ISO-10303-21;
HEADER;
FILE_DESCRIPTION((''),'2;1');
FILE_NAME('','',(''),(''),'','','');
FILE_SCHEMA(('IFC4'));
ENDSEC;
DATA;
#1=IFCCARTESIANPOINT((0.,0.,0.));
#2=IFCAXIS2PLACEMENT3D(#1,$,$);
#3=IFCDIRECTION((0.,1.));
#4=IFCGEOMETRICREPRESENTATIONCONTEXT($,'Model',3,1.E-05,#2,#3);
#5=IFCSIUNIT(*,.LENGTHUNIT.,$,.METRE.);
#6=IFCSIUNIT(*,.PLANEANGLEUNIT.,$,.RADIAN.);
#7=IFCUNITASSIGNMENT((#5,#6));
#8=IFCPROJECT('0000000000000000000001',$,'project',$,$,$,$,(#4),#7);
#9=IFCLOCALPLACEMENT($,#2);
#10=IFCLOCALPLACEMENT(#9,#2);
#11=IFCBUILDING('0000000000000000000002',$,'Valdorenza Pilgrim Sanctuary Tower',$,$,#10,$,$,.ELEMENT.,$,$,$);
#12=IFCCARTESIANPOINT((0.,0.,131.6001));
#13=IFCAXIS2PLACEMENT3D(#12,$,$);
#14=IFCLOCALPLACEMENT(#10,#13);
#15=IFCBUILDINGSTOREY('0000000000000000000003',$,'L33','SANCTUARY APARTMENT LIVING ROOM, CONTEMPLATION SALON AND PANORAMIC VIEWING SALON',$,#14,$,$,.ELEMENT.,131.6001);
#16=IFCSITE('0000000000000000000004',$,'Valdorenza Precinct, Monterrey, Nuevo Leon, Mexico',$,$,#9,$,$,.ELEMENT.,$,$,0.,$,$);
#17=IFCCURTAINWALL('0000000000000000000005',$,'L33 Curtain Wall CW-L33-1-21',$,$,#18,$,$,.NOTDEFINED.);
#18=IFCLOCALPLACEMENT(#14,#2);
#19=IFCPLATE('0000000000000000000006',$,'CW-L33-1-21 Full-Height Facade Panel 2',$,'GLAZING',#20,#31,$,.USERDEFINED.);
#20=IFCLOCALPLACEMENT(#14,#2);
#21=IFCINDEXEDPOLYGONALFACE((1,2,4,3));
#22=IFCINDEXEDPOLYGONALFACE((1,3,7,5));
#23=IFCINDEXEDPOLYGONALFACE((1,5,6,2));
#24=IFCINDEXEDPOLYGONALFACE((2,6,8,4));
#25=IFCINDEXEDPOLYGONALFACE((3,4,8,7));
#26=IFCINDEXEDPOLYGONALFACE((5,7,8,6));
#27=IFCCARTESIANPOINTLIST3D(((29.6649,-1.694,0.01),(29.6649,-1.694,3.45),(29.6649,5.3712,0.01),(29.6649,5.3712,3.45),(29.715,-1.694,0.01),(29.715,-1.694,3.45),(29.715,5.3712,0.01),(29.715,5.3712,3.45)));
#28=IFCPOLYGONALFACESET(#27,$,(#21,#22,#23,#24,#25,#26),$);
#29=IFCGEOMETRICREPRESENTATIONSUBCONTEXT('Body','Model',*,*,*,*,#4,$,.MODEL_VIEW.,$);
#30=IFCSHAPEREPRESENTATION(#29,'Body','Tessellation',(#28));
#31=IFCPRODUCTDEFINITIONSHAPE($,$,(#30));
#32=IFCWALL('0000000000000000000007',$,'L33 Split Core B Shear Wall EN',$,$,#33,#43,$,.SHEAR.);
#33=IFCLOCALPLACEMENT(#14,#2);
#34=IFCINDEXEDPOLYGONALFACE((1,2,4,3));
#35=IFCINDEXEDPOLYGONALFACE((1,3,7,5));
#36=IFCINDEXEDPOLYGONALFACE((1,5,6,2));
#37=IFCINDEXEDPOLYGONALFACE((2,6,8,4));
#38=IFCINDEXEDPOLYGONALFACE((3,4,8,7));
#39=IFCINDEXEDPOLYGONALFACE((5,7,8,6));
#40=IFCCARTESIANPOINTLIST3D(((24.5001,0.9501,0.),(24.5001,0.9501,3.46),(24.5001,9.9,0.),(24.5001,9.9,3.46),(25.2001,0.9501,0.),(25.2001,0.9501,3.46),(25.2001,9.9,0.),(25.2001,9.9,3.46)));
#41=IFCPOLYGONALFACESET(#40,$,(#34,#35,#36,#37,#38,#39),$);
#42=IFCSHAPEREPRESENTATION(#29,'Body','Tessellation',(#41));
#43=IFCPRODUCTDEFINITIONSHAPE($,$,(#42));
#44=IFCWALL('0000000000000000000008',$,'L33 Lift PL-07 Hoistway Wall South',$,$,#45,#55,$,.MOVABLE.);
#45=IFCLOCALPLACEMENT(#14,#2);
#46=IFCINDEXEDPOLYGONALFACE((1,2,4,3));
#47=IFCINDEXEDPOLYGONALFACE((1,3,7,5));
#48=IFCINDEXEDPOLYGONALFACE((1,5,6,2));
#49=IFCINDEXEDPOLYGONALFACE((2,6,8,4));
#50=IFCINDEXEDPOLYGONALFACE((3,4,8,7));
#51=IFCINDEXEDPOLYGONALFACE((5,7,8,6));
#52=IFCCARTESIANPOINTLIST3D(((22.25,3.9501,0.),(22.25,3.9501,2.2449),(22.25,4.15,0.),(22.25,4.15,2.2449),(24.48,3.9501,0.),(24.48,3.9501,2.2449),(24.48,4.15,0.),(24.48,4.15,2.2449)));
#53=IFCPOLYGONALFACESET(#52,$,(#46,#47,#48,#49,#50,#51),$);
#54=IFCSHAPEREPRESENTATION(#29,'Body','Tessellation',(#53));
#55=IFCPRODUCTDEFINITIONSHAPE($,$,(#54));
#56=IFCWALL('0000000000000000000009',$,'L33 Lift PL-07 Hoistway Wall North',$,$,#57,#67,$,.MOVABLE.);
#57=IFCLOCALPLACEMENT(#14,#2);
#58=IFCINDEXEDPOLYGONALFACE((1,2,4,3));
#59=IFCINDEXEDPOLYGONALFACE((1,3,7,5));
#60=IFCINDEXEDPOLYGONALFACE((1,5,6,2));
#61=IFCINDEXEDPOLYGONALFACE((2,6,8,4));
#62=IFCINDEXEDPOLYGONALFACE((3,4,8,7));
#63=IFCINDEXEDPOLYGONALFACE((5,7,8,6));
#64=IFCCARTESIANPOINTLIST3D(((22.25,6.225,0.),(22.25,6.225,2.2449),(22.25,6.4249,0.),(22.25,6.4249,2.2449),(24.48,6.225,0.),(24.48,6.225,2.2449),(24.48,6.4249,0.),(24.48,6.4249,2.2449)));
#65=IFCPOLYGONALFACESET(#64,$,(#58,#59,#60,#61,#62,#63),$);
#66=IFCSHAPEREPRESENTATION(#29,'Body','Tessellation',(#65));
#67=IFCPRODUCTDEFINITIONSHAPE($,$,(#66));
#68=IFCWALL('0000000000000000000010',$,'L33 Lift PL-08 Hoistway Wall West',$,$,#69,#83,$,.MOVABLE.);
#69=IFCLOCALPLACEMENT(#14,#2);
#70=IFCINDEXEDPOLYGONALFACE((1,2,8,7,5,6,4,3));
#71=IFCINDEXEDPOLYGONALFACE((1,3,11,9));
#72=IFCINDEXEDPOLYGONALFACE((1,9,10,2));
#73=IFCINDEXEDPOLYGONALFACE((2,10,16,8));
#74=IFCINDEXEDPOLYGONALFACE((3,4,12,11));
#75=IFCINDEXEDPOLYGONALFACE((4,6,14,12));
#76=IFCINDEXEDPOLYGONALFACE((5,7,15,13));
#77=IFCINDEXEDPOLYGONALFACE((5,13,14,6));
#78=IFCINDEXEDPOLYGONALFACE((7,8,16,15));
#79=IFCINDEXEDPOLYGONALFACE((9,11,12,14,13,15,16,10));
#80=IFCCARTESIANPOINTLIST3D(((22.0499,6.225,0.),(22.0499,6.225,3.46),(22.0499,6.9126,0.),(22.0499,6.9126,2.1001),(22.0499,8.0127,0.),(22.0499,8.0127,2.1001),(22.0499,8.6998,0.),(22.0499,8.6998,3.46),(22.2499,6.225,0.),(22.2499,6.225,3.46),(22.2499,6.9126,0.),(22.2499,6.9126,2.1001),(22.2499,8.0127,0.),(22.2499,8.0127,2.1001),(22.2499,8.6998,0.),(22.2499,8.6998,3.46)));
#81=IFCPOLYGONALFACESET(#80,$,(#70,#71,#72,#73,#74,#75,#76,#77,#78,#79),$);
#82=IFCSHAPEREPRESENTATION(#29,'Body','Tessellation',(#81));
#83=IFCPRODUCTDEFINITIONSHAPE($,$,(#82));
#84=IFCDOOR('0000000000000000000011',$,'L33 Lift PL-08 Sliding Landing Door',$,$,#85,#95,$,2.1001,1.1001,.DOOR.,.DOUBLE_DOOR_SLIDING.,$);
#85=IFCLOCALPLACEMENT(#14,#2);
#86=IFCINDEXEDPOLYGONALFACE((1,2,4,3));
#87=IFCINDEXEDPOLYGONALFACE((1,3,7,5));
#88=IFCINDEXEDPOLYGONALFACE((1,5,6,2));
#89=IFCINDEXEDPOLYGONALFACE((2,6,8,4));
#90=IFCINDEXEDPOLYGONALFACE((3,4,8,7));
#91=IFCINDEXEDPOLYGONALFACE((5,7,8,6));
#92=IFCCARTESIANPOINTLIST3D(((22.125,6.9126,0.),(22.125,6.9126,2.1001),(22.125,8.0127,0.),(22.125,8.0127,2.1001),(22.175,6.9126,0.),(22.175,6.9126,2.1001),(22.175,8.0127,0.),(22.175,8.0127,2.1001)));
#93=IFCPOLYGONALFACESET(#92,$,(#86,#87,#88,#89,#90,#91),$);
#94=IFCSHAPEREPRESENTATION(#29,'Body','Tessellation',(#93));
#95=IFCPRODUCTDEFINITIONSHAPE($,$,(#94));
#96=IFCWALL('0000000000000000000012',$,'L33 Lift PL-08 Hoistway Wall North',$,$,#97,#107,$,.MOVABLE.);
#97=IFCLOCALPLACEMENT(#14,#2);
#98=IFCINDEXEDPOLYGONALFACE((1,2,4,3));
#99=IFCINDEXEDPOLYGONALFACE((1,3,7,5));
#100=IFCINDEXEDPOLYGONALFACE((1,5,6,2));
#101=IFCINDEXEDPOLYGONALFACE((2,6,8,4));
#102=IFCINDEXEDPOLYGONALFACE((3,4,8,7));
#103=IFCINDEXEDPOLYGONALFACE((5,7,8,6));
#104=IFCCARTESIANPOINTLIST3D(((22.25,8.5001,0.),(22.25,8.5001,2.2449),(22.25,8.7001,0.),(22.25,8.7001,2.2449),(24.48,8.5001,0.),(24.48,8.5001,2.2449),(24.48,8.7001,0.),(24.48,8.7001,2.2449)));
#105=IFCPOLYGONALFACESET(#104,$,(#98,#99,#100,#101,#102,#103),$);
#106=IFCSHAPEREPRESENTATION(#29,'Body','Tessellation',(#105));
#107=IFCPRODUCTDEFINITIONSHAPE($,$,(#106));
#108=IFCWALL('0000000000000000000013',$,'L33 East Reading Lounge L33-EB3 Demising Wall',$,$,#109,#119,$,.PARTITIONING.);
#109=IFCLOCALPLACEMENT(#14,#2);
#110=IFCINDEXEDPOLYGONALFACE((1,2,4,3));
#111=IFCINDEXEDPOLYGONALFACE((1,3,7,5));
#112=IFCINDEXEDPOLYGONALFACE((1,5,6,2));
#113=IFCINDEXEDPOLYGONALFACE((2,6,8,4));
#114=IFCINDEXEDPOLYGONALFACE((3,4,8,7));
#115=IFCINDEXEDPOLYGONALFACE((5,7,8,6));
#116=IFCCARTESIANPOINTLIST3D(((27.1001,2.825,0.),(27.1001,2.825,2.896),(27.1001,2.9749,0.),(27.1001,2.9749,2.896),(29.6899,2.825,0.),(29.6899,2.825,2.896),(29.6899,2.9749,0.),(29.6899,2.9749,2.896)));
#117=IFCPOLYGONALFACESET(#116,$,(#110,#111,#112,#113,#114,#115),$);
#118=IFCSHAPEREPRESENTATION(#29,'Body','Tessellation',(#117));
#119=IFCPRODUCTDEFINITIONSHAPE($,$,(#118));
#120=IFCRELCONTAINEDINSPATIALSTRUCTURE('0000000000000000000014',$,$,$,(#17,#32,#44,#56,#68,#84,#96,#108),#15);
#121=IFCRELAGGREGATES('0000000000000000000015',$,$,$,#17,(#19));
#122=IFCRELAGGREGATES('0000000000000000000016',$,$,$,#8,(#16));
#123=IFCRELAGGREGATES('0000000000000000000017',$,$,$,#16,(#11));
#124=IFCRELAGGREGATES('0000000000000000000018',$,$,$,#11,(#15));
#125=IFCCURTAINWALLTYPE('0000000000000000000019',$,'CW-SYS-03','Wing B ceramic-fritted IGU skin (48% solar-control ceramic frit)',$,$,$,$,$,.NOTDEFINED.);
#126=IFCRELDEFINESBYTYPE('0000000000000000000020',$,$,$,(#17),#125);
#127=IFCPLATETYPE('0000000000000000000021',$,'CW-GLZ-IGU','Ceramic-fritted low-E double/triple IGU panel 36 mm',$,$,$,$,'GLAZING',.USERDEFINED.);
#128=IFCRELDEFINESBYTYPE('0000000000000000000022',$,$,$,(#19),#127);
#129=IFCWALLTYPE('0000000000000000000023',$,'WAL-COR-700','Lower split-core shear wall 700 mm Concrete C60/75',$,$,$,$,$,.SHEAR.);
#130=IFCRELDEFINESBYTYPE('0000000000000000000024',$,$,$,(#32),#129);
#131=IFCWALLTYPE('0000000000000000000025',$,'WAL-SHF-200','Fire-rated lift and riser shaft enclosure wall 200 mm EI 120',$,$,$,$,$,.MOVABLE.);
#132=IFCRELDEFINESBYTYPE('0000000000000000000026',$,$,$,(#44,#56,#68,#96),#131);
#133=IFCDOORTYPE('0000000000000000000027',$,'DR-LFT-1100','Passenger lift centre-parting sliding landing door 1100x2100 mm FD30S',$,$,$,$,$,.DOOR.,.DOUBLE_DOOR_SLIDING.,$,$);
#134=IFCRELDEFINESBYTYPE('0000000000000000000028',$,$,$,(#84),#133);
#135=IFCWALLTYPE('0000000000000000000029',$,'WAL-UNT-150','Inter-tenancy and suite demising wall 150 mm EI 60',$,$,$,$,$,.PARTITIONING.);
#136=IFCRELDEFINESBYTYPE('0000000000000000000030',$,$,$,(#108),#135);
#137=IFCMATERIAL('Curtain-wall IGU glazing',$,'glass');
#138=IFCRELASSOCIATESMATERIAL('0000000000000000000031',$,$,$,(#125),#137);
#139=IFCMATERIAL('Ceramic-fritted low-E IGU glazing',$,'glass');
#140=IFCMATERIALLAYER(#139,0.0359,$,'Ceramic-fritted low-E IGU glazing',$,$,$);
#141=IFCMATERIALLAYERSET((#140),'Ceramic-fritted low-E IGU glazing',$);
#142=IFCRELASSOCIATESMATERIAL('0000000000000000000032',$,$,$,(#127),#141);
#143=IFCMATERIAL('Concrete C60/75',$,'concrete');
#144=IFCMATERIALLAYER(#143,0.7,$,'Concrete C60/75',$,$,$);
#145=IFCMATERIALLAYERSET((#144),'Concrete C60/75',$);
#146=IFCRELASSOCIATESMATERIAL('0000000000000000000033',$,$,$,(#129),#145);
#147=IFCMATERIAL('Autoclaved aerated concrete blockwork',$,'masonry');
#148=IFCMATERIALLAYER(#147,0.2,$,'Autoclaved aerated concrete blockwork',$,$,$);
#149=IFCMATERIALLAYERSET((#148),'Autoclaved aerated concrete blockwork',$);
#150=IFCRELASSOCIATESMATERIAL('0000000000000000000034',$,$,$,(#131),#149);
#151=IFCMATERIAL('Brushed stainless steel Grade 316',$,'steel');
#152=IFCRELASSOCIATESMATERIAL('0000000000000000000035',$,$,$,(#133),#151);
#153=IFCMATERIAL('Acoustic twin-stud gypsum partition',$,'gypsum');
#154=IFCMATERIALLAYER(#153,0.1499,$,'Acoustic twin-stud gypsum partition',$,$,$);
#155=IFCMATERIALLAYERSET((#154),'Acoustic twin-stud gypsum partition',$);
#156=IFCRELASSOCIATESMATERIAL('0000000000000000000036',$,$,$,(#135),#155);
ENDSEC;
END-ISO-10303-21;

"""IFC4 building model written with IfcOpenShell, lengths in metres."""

from ifc_helpers import new_model, si_unit, direction, frame, frame_2d, origin, origin_2d, place, context, subcontext, project, spatial, rectangle, extrude, source, transform, mapped, material, layer, layer_set, type_object, element, fill, aggregate, save


model = new_model("IFC4")

# Units and contexts
model_context = context("Model", 3, precision=1e-05, world=origin(), true_north=direction((0.0, 1.0)))
body_context = subcontext(model_context, "Body", "Model", "MODEL_VIEW")
ifc_project = project(units=[si_unit("LENGTHUNIT", "METRE"), si_unit("PLANEANGLEUNIT", "RADIAN")], contexts=[model_context])

# Site, building, storey
site_placement = place(None, origin())
site = spatial("IfcSite", under=ifc_project, at=site_placement, Name="Valdorenza Precinct, Monterrey, Nuevo Leon, Mexico", CompositionType="ELEMENT", RefElevation=0.0)
building_placement = place(site_placement, origin())
building = spatial("IfcBuilding", under=site, at=building_placement, Name="Valdorenza Pilgrim Sanctuary Tower", CompositionType="ELEMENT")
storey_placement = place(building_placement, frame((0.0, 0.0, 131.6001)))
storey = spatial("IfcBuildingStorey", under=building, at=storey_placement, Name="L33", Description="SANCTUARY APARTMENT LIVING ROOM, CONTEMPLATION SALON AND PANORAMIC VIEWING SALON", CompositionType="ELEMENT", Elevation=131.6001)

# Curtain wall, plate
ifc_material_1 = material(Name="Curtain-wall IGU glazing", Category="glass")
curtain_wall_type = type_object("IfcCurtainWallType", Name="CW-SYS-03", Description="Wing B ceramic-fritted IGU skin (48% solar-control ceramic frit)", PredefinedType="NOTDEFINED", material=ifc_material_1)
curtain_wall_placement = place(storey_placement, origin())
curtain_wall = element("IfcCurtainWall", 1, at=curtain_wall_placement, inside=storey, type_object=curtain_wall_type, Name="L33 Curtain Wall CW-L33-1-21", PredefinedType="NOTDEFINED")
ifc_material_2 = material(Name="Ceramic-fritted low-E IGU glazing", Category="glass")
ifc_layer_1 = layer(ifc_material_2, 0.0359, Name="Ceramic-fritted low-E IGU glazing")
ifc_layer_set_1 = layer_set([ifc_layer_1], Name="Ceramic-fritted low-E IGU glazing")
plate_type_1 = type_object("IfcPlateType", Name="CW-GLZ-IGU", Description="Ceramic-fritted low-E double/triple IGU panel 36 mm", ElementType="GLAZING", PredefinedType="USERDEFINED", material=ifc_layer_set_1)
shared_shape_1 = source(origin(), body_context, "Body", "SweptSolid", [
    extrude(rectangle(XDim=7.0652, YDim=0.05, at=origin_2d()), origin(), (0.0, 0.0, 1.0), 3.4399),
])
plate_1_placement = place(storey_placement, frame((29.6899, 1.8386, 0.01), z_axis=(0.0, 0.0, 1.0), x_axis=(0.0, -1.0, 0.0)))
plate_1 = element("IfcPlate", 2, at=plate_1_placement, type_object=plate_type_1, Name="CW-L33-1-21 Full-Height Facade Panel 2", ObjectType="GLAZING", PredefinedType="USERDEFINED", context=body_context, shape_type="MappedRepresentation", body=[
    mapped(shared_shape_1, transform((0.0, 0.0, 0.0), x_axis=(1.0, 0.0, 0.0), y_axis=(0.0, 1.0, 0.0), z_axis=(0.0, 0.0, 1.0), scale=1.0)),
])
aggregate(curtain_wall, [plate_1])

# Walls
ifc_material_3 = material(Name="Concrete C60/75", Category="concrete")
ifc_layer_2 = layer(ifc_material_3, 0.7, Name="Concrete C60/75")
ifc_layer_set_2 = layer_set([ifc_layer_2], Name="Concrete C60/75")
wall_type_1 = type_object("IfcWallType", Name="WAL-COR-700", Description="Lower split-core shear wall 700 mm Concrete C60/75", PredefinedType="SHEAR", material=ifc_layer_set_2)
wall_1_placement = place(storey_placement, frame((24.8501, 0.95, 0.0), z_axis=(0.0, 0.0, 1.0), x_axis=(0.0, 1.0, 0.0)))
element("IfcWall", 3, at=wall_1_placement, inside=storey, type_object=wall_type_1, Name="L33 Split Core B Shear Wall EN", PredefinedType="SHEAR", context=body_context, shape_type="SweptSolid", body=[
    extrude(rectangle(XDim=8.95, YDim=0.7, at=frame_2d((4.4751, 0.0))), origin(), (0.0, 0.0, 1.0), 3.46),
])
ifc_material_4 = material(Name="Autoclaved aerated concrete blockwork", Category="masonry")
ifc_layer_3 = layer(ifc_material_4, 0.2, Name="Autoclaved aerated concrete blockwork")
ifc_layer_set_3 = layer_set([ifc_layer_3], Name="Autoclaved aerated concrete blockwork")
wall_type_2 = type_object("IfcWallType", Name="WAL-SHF-200", Description="Fire-rated lift and riser shaft enclosure wall 200 mm EI 120", PredefinedType="MOVABLE", material=ifc_layer_set_3)
for number, where, z_axis, x_axis, name in (
    (4, (22.25, 4.05, 0.0), (0.0, 0.0, 1.0), (1.0, 0.0, 0.0), "L33 Lift PL-07 Hoistway Wall South"),
    (5, (22.25, 6.325, 0.0), (0.0, 0.0, 1.0), (1.0, 0.0, 0.0), "L33 Lift PL-07 Hoistway Wall North"),
):
    element("IfcWall", number, at=place(storey_placement, frame(where, z_axis=z_axis, x_axis=x_axis)), inside=storey, type_object=wall_type_2, Name=name, PredefinedType="MOVABLE", context=body_context, shape_type="SweptSolid", body=[
        extrude(rectangle(XDim=2.23, YDim=0.2, at=frame_2d((1.115, 0.0))), origin(), (0.0, 0.0, 1.0), 2.2449),
    ])

# Wall, opening, door
wall_2_placement = place(storey_placement, frame((22.1499, 6.2251, 0.0), z_axis=(0.0, 0.0, 1.0), x_axis=(0.0, 1.0, 0.0)))
wall_2 = element("IfcWall", 6, at=wall_2_placement, inside=storey, type_object=wall_type_2, Name="L33 Lift PL-08 Hoistway Wall West", PredefinedType="MOVABLE", context=body_context, shape_type="SweptSolid", body=[
    extrude(rectangle(XDim=2.4749, YDim=0.2, at=frame_2d((1.2373, 0.0))), origin(), (0.0, 0.0, 1.0), 3.46),
])
opening_placement = place(wall_2_placement, frame((0.6875, 0.0, 0.0)))
opening = element("IfcOpeningElement", 7, at=opening_placement, cuts=wall_2, PredefinedType="OPENING", context=body_context, shape_type="SweptSolid", body=[
    extrude(rectangle(XDim=1.1001, YDim=2.1001, at=frame_2d((0.55, 1.05))), frame((0.0, 0.1147, 0.0), z_axis=(0.0, -1.0, 0.0), x_axis=(1.0, 0.0, 0.0)), (0.0, 0.0, 1.0), 0.2297),
])
ifc_material_5 = material(Name="Brushed stainless steel Grade 316", Category="steel")
door_type = type_object("IfcDoorType", Name="DR-LFT-1100", Description="Passenger lift centre-parting sliding landing door 1100x2100 mm FD30S", OperationType="DOUBLE_DOOR_SLIDING", PredefinedType="DOOR", material=ifc_material_5)
door_placement = place(opening_placement, origin())
door = element("IfcDoor", 8, at=door_placement, inside=storey, type_object=door_type, Name="L33 Lift PL-08 Sliding Landing Door", OperationType="DOUBLE_DOOR_SLIDING", OverallHeight=2.1001, OverallWidth=1.1001, PredefinedType="DOOR", context=body_context, shape_type="SweptSolid", body=[
    extrude(rectangle(XDim=1.1001, YDim=2.1001, at=frame_2d((0.55, 1.05))), frame((0.0, 0.0249, 0.0), z_axis=(0.0, -1.0, 0.0), x_axis=(1.0, 0.0, 0.0)), (0.0, 0.0, 1.0), 0.05),
])
fill(opening, door)

# Walls
wall_3_placement = place(storey_placement, frame((22.25, 8.6001, 0.0), z_axis=(0.0, 0.0, 1.0), x_axis=(1.0, 0.0, 0.0)))
element("IfcWall", 9, at=wall_3_placement, inside=storey, type_object=wall_type_2, Name="L33 Lift PL-08 Hoistway Wall North", PredefinedType="MOVABLE", context=body_context, shape_type="SweptSolid", body=[
    extrude(rectangle(XDim=2.23, YDim=0.2, at=frame_2d((1.115, 0.0))), origin(), (0.0, 0.0, 1.0), 2.2449),
])
ifc_material_6 = material(Name="Acoustic twin-stud gypsum partition", Category="gypsum")
ifc_layer_4 = layer(ifc_material_6, 0.1499, Name="Acoustic twin-stud gypsum partition")
ifc_layer_set_4 = layer_set([ifc_layer_4], Name="Acoustic twin-stud gypsum partition")
wall_type_3 = type_object("IfcWallType", Name="WAL-UNT-150", Description="Inter-tenancy and suite demising wall 150 mm EI 60", PredefinedType="PARTITIONING", material=ifc_layer_set_4)
wall_4_placement = place(storey_placement, frame((27.1001, 2.8999, 0.0), z_axis=(0.0, 0.0, 1.0), x_axis=(1.0, 0.0, 0.0)))
element("IfcWall", 10, at=wall_4_placement, inside=storey, type_object=wall_type_3, Name="L33 East Reading Lounge L33-EB3 Demising Wall", PredefinedType="PARTITIONING", context=body_context, shape_type="SweptSolid", body=[
    extrude(rectangle(XDim=2.5898, YDim=0.1499, at=frame_2d((1.2949, 0.0))), origin(), (0.0, 0.0, 1.0), 2.896),
])

save(model, "model.ifc")
